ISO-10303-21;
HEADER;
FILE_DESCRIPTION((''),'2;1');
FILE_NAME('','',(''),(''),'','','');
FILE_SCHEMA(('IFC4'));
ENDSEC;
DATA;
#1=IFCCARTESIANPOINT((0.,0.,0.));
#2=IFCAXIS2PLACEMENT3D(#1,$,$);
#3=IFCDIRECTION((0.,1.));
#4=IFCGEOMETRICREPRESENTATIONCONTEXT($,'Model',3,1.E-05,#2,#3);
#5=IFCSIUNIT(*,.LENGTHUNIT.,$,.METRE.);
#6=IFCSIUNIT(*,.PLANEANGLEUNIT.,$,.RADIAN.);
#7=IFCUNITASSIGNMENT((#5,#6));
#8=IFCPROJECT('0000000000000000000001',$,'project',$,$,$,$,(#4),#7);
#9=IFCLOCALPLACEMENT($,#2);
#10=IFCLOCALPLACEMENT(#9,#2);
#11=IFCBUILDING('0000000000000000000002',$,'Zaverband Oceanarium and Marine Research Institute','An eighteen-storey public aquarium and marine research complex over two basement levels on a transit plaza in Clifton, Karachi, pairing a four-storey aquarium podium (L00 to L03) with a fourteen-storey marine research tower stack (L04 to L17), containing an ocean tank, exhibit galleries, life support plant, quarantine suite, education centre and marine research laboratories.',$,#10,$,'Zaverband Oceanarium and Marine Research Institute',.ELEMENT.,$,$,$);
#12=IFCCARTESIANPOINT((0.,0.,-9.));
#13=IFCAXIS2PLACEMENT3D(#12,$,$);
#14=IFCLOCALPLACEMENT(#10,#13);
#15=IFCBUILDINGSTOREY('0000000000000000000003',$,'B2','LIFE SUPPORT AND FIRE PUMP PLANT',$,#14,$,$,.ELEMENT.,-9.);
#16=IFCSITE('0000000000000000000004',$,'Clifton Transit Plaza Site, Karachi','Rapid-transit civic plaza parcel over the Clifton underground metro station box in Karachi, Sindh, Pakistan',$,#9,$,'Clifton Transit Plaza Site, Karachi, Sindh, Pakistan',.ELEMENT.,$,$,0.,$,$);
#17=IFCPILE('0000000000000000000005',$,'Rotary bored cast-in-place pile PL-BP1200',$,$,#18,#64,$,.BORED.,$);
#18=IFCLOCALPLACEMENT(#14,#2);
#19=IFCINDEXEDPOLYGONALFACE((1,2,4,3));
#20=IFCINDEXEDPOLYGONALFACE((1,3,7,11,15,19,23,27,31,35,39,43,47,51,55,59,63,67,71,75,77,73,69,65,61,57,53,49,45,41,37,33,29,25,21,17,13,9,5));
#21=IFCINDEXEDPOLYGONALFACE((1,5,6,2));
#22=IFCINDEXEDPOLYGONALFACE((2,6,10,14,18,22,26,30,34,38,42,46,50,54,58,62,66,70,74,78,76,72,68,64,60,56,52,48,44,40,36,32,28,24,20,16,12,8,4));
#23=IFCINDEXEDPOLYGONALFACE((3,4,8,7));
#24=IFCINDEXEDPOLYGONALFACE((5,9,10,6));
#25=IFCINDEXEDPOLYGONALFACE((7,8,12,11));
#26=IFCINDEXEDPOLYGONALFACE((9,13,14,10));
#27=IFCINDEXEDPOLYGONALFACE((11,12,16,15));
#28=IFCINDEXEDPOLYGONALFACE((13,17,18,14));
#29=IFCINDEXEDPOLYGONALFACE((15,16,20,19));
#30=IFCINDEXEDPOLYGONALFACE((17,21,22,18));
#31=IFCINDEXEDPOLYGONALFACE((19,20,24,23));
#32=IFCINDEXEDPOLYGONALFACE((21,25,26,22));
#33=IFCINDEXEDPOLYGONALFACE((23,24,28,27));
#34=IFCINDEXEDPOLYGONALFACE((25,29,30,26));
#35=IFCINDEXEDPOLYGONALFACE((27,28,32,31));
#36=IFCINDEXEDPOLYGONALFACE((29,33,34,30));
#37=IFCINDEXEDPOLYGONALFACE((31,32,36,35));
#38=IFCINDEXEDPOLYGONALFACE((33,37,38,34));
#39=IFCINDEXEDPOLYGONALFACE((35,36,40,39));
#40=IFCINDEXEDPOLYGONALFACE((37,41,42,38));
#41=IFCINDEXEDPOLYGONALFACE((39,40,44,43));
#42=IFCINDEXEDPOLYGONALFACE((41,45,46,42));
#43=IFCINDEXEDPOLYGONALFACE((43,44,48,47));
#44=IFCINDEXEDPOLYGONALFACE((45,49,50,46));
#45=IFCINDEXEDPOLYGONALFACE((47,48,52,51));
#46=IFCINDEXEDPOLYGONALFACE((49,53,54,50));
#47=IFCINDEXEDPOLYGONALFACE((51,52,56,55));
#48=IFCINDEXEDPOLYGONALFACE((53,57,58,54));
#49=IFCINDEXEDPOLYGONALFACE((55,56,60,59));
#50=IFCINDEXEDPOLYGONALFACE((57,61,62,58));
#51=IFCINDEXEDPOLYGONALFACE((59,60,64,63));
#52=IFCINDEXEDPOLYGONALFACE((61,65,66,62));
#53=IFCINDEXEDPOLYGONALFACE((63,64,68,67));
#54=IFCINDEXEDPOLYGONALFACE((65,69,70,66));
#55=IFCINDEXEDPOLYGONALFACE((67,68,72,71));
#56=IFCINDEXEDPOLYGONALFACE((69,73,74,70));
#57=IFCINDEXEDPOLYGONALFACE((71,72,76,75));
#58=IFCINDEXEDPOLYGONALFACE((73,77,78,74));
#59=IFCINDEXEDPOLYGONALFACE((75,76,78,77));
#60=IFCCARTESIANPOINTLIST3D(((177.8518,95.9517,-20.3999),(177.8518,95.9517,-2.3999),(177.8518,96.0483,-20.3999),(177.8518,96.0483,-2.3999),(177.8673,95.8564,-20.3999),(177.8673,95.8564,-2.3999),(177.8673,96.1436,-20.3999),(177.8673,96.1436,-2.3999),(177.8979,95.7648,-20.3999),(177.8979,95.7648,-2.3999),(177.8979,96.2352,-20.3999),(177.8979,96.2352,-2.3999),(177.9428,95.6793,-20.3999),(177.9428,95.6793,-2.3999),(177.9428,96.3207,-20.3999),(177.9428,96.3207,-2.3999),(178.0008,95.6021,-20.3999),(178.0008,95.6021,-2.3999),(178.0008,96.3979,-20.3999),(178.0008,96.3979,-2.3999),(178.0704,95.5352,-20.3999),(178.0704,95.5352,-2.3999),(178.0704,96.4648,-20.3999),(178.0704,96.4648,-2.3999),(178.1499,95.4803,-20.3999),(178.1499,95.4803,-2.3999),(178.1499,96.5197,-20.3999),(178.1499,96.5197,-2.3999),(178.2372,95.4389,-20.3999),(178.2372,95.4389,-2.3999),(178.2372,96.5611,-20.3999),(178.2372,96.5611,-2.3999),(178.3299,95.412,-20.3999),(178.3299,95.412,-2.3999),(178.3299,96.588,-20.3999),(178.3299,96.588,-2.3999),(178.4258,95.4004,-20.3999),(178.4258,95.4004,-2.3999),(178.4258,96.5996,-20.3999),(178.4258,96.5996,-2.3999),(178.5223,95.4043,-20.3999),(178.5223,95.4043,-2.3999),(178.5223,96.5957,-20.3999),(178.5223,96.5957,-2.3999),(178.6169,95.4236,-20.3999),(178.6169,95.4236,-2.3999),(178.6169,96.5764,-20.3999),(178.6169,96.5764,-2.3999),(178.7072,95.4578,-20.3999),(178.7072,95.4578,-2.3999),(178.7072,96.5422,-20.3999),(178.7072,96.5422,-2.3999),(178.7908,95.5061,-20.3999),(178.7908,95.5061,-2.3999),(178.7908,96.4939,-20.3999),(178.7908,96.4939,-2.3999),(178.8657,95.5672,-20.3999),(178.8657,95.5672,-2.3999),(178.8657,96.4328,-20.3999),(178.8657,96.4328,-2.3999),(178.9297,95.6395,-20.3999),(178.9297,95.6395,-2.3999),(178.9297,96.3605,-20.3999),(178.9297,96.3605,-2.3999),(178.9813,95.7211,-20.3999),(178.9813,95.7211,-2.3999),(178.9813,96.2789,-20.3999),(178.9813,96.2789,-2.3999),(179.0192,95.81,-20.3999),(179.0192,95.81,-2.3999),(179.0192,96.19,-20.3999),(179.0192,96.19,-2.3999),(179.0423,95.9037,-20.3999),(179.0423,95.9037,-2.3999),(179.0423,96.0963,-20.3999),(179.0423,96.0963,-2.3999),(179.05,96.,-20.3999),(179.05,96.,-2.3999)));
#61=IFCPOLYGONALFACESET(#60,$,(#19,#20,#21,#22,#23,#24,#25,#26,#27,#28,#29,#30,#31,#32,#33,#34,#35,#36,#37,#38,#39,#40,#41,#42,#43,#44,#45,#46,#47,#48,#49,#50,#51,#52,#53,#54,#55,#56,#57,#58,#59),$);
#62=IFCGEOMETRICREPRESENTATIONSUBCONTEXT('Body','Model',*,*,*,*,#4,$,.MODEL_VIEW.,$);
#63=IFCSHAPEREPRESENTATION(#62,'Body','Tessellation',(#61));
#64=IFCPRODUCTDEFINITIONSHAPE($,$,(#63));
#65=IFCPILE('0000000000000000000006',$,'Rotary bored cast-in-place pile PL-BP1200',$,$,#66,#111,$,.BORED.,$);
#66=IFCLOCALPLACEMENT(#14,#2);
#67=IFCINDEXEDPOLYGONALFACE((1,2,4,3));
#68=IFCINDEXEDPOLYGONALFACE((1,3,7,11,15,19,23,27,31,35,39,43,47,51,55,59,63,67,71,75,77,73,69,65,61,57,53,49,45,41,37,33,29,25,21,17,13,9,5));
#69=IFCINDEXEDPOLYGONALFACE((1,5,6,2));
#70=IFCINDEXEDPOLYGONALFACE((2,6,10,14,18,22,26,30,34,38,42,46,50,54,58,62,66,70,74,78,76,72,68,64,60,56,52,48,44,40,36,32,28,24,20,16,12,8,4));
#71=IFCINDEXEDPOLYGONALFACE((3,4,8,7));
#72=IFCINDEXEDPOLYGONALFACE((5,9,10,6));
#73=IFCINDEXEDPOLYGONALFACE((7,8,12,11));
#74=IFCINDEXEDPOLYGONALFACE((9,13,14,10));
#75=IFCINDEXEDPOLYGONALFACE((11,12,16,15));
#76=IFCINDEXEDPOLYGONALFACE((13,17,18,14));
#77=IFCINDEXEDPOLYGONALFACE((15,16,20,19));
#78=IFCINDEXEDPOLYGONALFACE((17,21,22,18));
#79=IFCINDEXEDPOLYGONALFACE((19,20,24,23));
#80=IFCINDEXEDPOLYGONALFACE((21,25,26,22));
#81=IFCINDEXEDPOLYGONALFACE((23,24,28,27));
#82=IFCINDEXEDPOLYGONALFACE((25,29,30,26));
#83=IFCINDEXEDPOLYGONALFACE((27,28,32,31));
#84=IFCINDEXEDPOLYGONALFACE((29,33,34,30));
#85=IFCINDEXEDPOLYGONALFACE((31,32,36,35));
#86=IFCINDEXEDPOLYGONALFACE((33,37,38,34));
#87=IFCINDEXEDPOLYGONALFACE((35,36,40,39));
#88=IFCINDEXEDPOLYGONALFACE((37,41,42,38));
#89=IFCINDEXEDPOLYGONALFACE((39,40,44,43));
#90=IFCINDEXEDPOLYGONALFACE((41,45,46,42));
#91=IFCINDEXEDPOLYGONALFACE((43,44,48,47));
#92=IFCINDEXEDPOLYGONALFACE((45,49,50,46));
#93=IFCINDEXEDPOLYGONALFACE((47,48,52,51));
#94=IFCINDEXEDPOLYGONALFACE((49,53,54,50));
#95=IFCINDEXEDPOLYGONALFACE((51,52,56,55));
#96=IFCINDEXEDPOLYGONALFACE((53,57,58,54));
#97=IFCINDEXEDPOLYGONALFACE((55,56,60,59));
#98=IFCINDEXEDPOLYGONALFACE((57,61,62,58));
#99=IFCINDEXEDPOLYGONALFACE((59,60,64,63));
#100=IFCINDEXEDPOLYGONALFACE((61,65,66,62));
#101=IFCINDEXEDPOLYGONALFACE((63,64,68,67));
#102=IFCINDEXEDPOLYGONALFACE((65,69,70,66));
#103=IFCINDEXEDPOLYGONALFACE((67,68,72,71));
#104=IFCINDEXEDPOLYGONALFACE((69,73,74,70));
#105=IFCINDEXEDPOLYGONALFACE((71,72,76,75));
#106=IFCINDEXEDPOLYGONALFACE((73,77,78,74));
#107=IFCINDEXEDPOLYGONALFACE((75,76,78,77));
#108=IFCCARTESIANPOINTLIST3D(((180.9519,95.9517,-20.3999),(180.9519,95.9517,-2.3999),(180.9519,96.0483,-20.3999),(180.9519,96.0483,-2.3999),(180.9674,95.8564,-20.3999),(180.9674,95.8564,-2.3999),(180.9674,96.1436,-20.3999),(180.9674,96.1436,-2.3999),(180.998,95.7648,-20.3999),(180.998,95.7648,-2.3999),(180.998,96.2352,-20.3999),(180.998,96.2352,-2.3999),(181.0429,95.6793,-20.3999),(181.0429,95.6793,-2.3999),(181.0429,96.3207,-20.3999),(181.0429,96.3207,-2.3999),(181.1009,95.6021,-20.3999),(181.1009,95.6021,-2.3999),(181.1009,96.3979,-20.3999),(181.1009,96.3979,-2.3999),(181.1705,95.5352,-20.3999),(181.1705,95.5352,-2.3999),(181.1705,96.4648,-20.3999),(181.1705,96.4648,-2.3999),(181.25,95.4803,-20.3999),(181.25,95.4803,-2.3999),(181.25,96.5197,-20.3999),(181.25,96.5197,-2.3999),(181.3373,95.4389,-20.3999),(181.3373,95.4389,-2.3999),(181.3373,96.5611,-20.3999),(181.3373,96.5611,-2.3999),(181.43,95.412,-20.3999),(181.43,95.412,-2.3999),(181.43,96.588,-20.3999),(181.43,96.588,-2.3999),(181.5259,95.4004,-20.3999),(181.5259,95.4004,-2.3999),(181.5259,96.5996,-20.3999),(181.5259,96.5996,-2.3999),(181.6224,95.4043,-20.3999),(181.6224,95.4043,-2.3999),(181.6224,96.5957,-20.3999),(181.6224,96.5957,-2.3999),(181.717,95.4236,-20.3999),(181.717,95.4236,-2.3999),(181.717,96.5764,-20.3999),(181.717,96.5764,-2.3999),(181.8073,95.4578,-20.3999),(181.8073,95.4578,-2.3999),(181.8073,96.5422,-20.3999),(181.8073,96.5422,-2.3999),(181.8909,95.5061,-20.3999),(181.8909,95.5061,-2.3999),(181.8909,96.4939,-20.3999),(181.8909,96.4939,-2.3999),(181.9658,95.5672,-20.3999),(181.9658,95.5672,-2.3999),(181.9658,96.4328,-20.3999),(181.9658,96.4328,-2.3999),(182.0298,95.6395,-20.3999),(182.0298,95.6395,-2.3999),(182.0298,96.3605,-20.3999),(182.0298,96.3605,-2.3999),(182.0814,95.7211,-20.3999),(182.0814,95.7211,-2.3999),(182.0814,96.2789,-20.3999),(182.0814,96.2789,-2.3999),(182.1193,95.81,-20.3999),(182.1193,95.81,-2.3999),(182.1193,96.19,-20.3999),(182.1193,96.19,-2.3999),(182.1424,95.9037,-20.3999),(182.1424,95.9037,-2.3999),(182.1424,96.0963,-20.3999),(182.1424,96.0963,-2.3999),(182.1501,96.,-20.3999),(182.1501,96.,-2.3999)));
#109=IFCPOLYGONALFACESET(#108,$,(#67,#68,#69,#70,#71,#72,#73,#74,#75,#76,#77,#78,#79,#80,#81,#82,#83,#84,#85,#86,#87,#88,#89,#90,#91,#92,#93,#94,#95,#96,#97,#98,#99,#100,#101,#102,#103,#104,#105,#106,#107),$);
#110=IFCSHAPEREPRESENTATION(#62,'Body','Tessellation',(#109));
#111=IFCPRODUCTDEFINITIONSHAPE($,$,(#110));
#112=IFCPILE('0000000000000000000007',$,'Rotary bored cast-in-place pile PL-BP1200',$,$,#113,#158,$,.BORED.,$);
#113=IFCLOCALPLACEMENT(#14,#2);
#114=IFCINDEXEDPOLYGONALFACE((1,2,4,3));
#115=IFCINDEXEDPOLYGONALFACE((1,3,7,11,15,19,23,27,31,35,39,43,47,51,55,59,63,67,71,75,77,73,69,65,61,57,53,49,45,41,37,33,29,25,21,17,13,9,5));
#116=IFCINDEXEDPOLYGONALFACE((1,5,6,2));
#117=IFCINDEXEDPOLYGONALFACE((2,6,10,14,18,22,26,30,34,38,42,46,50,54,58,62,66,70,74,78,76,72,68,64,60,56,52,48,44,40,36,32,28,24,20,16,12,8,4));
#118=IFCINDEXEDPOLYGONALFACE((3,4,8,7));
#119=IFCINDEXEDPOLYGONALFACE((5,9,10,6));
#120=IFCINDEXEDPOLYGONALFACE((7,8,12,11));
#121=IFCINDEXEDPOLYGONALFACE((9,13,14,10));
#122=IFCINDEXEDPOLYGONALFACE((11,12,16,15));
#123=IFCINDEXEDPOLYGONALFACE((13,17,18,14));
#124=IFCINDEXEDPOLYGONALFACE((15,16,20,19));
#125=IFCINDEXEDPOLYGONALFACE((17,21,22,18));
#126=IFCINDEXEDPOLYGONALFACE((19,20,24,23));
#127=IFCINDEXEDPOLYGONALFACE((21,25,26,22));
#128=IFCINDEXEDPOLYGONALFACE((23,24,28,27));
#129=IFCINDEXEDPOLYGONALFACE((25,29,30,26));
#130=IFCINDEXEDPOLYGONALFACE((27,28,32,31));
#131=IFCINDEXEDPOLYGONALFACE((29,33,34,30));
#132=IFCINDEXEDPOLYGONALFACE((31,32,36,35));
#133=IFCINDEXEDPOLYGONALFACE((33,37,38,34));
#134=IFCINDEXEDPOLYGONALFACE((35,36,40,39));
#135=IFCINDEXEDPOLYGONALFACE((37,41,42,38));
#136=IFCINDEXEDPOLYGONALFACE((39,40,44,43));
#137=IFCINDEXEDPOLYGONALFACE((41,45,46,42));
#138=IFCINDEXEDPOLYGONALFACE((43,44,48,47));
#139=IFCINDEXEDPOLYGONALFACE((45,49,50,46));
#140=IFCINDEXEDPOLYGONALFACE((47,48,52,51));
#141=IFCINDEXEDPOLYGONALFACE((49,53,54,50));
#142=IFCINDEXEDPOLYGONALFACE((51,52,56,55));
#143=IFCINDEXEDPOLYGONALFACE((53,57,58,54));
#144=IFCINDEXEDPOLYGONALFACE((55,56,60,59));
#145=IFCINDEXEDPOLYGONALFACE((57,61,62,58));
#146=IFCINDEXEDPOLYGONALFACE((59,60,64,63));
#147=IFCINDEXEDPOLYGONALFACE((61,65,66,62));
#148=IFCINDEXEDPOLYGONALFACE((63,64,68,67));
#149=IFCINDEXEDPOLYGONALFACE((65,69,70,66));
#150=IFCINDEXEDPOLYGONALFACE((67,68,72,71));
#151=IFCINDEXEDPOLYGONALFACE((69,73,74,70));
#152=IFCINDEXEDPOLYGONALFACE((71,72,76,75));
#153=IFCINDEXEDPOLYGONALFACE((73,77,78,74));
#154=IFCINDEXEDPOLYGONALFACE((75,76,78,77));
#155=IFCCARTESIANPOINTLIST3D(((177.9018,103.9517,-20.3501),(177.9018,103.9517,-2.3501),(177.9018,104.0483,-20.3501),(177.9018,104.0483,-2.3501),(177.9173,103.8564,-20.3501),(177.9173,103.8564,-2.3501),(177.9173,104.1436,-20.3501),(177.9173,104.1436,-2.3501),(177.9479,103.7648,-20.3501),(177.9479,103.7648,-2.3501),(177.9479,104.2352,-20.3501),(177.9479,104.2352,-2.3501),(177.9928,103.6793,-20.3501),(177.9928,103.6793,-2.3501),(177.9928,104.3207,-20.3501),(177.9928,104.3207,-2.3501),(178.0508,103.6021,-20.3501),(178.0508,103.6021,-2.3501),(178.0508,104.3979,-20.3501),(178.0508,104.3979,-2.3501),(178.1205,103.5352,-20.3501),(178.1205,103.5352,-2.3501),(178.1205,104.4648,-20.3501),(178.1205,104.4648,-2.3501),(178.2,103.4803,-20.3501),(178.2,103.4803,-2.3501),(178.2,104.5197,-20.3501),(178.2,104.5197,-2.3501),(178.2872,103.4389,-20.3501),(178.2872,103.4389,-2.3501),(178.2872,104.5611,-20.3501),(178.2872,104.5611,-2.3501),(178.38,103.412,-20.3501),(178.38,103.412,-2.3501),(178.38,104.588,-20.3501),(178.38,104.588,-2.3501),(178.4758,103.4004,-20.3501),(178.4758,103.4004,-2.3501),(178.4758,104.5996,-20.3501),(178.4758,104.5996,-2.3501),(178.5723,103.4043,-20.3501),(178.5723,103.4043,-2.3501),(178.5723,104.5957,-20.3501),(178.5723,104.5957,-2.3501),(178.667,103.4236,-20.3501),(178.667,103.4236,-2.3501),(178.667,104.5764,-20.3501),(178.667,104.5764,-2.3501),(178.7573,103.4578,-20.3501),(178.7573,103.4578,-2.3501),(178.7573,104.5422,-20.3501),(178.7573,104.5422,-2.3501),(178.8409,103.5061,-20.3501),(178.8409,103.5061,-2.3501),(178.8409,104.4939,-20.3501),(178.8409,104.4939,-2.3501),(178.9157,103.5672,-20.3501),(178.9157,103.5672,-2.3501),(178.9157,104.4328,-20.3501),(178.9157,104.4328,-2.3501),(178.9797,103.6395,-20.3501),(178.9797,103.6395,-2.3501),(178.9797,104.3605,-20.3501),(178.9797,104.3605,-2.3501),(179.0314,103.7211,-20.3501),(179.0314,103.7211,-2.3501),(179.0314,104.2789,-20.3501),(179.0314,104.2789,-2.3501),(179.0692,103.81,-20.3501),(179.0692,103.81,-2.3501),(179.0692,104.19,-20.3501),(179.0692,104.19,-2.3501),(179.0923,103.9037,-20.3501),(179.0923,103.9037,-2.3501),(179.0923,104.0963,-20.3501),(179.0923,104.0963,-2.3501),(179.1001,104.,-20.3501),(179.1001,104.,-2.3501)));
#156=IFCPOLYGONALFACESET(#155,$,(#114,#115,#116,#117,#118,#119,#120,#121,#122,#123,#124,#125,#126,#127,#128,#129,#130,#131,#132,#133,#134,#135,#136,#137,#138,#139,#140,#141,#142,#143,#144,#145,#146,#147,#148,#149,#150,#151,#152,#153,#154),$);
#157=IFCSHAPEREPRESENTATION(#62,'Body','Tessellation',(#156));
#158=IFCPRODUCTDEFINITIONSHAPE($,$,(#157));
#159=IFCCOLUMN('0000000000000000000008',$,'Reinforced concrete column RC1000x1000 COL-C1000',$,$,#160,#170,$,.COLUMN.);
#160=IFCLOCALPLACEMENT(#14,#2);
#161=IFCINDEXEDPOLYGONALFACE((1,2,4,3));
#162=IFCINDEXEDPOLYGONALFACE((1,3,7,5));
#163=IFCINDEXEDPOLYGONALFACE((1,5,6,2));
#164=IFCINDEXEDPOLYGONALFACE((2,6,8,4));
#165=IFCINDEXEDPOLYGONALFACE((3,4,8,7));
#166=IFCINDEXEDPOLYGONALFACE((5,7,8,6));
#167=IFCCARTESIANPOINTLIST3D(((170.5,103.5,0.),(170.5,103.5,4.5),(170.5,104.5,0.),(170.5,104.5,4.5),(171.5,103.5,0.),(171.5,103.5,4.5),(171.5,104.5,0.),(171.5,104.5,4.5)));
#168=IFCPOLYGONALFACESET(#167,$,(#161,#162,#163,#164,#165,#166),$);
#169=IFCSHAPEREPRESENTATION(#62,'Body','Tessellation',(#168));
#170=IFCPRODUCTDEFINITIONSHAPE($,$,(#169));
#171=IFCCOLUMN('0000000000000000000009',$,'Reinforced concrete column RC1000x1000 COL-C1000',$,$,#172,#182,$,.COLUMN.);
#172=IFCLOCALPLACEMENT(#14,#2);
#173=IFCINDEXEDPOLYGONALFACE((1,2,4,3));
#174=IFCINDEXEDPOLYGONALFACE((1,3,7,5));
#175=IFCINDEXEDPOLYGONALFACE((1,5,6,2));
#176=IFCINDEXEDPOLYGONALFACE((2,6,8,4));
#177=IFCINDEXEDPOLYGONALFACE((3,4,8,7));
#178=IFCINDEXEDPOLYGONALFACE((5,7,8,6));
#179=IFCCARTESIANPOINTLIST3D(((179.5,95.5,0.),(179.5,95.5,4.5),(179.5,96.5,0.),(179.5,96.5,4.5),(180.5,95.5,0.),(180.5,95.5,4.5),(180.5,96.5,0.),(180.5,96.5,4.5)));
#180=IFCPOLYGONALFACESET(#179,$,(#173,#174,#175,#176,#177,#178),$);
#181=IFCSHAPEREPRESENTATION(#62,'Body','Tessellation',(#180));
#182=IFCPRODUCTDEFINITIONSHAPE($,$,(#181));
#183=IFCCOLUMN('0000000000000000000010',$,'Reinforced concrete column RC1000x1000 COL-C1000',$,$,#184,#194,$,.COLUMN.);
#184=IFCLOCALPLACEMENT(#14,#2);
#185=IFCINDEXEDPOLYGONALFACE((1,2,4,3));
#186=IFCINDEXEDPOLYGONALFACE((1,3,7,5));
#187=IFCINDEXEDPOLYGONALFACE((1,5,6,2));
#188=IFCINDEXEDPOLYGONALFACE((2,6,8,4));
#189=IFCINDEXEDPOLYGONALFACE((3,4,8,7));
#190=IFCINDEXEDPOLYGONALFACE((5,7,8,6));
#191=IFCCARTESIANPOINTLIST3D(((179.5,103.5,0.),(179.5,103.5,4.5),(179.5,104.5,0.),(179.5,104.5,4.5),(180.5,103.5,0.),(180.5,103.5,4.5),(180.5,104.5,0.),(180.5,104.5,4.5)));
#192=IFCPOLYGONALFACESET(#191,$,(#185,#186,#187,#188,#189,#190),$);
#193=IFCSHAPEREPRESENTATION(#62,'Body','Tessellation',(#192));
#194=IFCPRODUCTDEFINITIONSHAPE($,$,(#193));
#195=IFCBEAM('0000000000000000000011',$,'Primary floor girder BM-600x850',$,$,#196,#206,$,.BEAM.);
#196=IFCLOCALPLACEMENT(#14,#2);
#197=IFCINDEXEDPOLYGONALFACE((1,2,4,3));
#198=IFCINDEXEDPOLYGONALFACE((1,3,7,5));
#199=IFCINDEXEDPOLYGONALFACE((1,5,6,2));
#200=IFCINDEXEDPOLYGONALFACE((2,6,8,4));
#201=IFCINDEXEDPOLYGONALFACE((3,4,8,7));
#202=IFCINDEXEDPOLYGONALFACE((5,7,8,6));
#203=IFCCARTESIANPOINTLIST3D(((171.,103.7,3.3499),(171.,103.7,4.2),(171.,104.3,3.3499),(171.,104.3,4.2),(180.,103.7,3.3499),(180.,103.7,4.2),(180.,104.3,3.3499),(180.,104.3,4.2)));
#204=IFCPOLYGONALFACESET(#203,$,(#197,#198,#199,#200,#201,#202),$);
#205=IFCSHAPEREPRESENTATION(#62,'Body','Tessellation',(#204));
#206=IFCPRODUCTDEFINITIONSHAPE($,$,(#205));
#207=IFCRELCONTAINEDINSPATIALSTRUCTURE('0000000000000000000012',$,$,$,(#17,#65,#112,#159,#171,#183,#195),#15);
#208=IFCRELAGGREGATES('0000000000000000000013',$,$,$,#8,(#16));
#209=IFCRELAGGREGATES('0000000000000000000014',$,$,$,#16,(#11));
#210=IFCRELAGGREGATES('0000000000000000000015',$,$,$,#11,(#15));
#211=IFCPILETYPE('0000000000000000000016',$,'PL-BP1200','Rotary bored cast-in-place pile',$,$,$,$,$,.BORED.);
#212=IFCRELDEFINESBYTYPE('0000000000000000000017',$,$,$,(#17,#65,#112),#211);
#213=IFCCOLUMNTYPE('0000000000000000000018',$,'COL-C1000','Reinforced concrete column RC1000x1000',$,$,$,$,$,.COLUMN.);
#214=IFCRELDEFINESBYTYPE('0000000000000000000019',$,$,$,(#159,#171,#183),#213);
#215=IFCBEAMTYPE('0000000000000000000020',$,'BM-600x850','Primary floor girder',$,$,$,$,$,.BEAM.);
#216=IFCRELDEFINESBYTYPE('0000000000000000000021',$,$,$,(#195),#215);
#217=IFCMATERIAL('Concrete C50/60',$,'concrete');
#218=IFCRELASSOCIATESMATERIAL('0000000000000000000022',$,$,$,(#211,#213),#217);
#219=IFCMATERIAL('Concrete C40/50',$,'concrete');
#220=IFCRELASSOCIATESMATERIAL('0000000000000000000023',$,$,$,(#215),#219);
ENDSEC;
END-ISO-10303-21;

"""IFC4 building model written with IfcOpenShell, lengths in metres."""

from ifc_helpers import new_model, si_unit, direction, frame, origin, origin_2d, place, context, subcontext, project, spatial, rectangle, circle, extrude, material, material_profile, profile_set, type_object, element, save


model = new_model("IFC4")

# Units and contexts
model_context = context("Model", 3, precision=1e-05, world=origin(), true_north=direction((0.0, 1.0)))
body_context = subcontext(model_context, "Body", "Model", "MODEL_VIEW")
ifc_project = project(units=[si_unit("LENGTHUNIT", "METRE"), si_unit("PLANEANGLEUNIT", "RADIAN")], contexts=[model_context])

# Site, building, storey
site_placement = place(None, origin())
site = spatial("IfcSite", under=ifc_project, at=site_placement, Name="Clifton Transit Plaza Site, Karachi", Description="Rapid-transit civic plaza parcel over the Clifton underground metro station box in Karachi, Sindh, Pakistan", LongName="Clifton Transit Plaza Site, Karachi, Sindh, Pakistan", CompositionType="ELEMENT", RefElevation=0.0)
building_placement = place(site_placement, origin())
building = spatial("IfcBuilding", under=site, at=building_placement, Name="Zaverband Oceanarium and Marine Research Institute", Description="An eighteen-storey public aquarium and marine research complex over two basement levels on a transit plaza in Clifton, Karachi, pairing a four-storey aquarium podium (L00 to L03) with a fourteen-storey marine research tower stack (L04 to L17), containing an ocean tank, exhibit galleries, life support plant, quarantine suite, education centre and marine research laboratories.", LongName="Zaverband Oceanarium and Marine Research Institute", CompositionType="ELEMENT")
storey_placement = place(building_placement, frame((0.0, 0.0, -9.0)))
storey = spatial("IfcBuildingStorey", under=building, at=storey_placement, Name="B2", Description="LIFE SUPPORT AND FIRE PUMP PLANT", CompositionType="ELEMENT", Elevation=-9.0)

# Shared definitions
ifc_material_1 = material(Name="Concrete C50/60", Category="concrete")

# Piles
ifc_material_profile_1 = material_profile(ifc_material_1, circle(Radius=0.6001, at=origin_2d()), Name="BP1200")
ifc_profile_set_1 = profile_set([ifc_material_profile_1], Name="Concrete C50/60")
pile_type_1 = type_object("IfcPileType", Name="PL-BP1200", Description="Rotary bored cast-in-place pile", PredefinedType="BORED", material=ifc_profile_set_1)
for number, where, z_axis, x_axis, name in (
    (1, (178.45, 96.0, -2.3999), (0.0, 0.0, -1.0), (1.0, 0.0, 0.0), "Rotary bored cast-in-place pile PL-BP1200"),
    (2, (181.55, 96.0, -2.3999), (0.0, 0.0, -1.0), (1.0, 0.0, 0.0), "Rotary bored cast-in-place pile PL-BP1200"),
    (3, (178.5, 104.0, -2.3501), (0.0, 0.0, -1.0), (1.0, 0.0, 0.0), "Rotary bored cast-in-place pile PL-BP1200"),
):
    element("IfcPile", number, at=place(storey_placement, frame(where, z_axis=z_axis, x_axis=x_axis)), inside=storey, type_object=pile_type_1, Name=name, PredefinedType="BORED", context=body_context, shape_type="SweptSolid", body=[
        extrude(circle(Radius=0.6001, at=origin_2d()), origin(), (0.0, 0.0, 1.0), 18.0),
    ])

# Columns
ifc_material_profile_2 = material_profile(ifc_material_1, rectangle(XDim=1.0, YDim=1.0, at=origin_2d()), Name="RC1000x1000")
ifc_profile_set_2 = profile_set([ifc_material_profile_2], Name="Concrete C50/60")
column_type = type_object("IfcColumnType", Name="COL-C1000", Description="Reinforced concrete column RC1000x1000", PredefinedType="COLUMN", material=ifc_profile_set_2)
for number, where, z_axis, x_axis, name in (
    (4, (171.0, 104.0, 0.0), (0.0, 0.0, 1.0), (1.0, 0.0, 0.0), "Reinforced concrete column RC1000x1000 COL-C1000"),
    (5, (180.0, 96.0, 0.0), (0.0, 0.0, 1.0), (1.0, 0.0, 0.0), "Reinforced concrete column RC1000x1000 COL-C1000"),
    (6, (180.0, 104.0, 0.0), (0.0, 0.0, 1.0), (1.0, 0.0, 0.0), "Reinforced concrete column RC1000x1000 COL-C1000"),
):
    element("IfcColumn", number, at=place(storey_placement, frame(where, z_axis=z_axis, x_axis=x_axis)), inside=storey, type_object=column_type, Name=name, PredefinedType="COLUMN", context=body_context, shape_type="SweptSolid", body=[
        extrude(rectangle(XDim=1.0, YDim=1.0, at=origin_2d()), origin(), (0.0, 0.0, 1.0), 4.5),
    ])

# Beam
ifc_material_2 = material(Name="Concrete C40/50", Category="concrete")
ifc_material_profile_3 = material_profile(ifc_material_2, rectangle(XDim=0.6001, YDim=0.8501, at=origin_2d()), Name="RC600x850")
ifc_profile_set_3 = profile_set([ifc_material_profile_3], Name="Concrete C40/50")
beam_type_1 = type_object("IfcBeamType", Name="BM-600x850", Description="Primary floor girder", PredefinedType="BEAM", material=ifc_profile_set_3)
beam_placement = place(storey_placement, frame((171.0, 104.0, 3.7749), z_axis=(1.0, 0.0, 0.0), x_axis=(0.0, 1.0, 0.0)))
element("IfcBeam", 7, at=beam_placement, inside=storey, type_object=beam_type_1, Name="Primary floor girder BM-600x850", PredefinedType="BEAM", context=body_context, shape_type="SweptSolid", body=[
    extrude(rectangle(XDim=0.6001, YDim=0.8501, at=origin_2d()), origin(), (0.0, 0.0, 1.0), 9.0),
])

save(model, "model.ifc")
